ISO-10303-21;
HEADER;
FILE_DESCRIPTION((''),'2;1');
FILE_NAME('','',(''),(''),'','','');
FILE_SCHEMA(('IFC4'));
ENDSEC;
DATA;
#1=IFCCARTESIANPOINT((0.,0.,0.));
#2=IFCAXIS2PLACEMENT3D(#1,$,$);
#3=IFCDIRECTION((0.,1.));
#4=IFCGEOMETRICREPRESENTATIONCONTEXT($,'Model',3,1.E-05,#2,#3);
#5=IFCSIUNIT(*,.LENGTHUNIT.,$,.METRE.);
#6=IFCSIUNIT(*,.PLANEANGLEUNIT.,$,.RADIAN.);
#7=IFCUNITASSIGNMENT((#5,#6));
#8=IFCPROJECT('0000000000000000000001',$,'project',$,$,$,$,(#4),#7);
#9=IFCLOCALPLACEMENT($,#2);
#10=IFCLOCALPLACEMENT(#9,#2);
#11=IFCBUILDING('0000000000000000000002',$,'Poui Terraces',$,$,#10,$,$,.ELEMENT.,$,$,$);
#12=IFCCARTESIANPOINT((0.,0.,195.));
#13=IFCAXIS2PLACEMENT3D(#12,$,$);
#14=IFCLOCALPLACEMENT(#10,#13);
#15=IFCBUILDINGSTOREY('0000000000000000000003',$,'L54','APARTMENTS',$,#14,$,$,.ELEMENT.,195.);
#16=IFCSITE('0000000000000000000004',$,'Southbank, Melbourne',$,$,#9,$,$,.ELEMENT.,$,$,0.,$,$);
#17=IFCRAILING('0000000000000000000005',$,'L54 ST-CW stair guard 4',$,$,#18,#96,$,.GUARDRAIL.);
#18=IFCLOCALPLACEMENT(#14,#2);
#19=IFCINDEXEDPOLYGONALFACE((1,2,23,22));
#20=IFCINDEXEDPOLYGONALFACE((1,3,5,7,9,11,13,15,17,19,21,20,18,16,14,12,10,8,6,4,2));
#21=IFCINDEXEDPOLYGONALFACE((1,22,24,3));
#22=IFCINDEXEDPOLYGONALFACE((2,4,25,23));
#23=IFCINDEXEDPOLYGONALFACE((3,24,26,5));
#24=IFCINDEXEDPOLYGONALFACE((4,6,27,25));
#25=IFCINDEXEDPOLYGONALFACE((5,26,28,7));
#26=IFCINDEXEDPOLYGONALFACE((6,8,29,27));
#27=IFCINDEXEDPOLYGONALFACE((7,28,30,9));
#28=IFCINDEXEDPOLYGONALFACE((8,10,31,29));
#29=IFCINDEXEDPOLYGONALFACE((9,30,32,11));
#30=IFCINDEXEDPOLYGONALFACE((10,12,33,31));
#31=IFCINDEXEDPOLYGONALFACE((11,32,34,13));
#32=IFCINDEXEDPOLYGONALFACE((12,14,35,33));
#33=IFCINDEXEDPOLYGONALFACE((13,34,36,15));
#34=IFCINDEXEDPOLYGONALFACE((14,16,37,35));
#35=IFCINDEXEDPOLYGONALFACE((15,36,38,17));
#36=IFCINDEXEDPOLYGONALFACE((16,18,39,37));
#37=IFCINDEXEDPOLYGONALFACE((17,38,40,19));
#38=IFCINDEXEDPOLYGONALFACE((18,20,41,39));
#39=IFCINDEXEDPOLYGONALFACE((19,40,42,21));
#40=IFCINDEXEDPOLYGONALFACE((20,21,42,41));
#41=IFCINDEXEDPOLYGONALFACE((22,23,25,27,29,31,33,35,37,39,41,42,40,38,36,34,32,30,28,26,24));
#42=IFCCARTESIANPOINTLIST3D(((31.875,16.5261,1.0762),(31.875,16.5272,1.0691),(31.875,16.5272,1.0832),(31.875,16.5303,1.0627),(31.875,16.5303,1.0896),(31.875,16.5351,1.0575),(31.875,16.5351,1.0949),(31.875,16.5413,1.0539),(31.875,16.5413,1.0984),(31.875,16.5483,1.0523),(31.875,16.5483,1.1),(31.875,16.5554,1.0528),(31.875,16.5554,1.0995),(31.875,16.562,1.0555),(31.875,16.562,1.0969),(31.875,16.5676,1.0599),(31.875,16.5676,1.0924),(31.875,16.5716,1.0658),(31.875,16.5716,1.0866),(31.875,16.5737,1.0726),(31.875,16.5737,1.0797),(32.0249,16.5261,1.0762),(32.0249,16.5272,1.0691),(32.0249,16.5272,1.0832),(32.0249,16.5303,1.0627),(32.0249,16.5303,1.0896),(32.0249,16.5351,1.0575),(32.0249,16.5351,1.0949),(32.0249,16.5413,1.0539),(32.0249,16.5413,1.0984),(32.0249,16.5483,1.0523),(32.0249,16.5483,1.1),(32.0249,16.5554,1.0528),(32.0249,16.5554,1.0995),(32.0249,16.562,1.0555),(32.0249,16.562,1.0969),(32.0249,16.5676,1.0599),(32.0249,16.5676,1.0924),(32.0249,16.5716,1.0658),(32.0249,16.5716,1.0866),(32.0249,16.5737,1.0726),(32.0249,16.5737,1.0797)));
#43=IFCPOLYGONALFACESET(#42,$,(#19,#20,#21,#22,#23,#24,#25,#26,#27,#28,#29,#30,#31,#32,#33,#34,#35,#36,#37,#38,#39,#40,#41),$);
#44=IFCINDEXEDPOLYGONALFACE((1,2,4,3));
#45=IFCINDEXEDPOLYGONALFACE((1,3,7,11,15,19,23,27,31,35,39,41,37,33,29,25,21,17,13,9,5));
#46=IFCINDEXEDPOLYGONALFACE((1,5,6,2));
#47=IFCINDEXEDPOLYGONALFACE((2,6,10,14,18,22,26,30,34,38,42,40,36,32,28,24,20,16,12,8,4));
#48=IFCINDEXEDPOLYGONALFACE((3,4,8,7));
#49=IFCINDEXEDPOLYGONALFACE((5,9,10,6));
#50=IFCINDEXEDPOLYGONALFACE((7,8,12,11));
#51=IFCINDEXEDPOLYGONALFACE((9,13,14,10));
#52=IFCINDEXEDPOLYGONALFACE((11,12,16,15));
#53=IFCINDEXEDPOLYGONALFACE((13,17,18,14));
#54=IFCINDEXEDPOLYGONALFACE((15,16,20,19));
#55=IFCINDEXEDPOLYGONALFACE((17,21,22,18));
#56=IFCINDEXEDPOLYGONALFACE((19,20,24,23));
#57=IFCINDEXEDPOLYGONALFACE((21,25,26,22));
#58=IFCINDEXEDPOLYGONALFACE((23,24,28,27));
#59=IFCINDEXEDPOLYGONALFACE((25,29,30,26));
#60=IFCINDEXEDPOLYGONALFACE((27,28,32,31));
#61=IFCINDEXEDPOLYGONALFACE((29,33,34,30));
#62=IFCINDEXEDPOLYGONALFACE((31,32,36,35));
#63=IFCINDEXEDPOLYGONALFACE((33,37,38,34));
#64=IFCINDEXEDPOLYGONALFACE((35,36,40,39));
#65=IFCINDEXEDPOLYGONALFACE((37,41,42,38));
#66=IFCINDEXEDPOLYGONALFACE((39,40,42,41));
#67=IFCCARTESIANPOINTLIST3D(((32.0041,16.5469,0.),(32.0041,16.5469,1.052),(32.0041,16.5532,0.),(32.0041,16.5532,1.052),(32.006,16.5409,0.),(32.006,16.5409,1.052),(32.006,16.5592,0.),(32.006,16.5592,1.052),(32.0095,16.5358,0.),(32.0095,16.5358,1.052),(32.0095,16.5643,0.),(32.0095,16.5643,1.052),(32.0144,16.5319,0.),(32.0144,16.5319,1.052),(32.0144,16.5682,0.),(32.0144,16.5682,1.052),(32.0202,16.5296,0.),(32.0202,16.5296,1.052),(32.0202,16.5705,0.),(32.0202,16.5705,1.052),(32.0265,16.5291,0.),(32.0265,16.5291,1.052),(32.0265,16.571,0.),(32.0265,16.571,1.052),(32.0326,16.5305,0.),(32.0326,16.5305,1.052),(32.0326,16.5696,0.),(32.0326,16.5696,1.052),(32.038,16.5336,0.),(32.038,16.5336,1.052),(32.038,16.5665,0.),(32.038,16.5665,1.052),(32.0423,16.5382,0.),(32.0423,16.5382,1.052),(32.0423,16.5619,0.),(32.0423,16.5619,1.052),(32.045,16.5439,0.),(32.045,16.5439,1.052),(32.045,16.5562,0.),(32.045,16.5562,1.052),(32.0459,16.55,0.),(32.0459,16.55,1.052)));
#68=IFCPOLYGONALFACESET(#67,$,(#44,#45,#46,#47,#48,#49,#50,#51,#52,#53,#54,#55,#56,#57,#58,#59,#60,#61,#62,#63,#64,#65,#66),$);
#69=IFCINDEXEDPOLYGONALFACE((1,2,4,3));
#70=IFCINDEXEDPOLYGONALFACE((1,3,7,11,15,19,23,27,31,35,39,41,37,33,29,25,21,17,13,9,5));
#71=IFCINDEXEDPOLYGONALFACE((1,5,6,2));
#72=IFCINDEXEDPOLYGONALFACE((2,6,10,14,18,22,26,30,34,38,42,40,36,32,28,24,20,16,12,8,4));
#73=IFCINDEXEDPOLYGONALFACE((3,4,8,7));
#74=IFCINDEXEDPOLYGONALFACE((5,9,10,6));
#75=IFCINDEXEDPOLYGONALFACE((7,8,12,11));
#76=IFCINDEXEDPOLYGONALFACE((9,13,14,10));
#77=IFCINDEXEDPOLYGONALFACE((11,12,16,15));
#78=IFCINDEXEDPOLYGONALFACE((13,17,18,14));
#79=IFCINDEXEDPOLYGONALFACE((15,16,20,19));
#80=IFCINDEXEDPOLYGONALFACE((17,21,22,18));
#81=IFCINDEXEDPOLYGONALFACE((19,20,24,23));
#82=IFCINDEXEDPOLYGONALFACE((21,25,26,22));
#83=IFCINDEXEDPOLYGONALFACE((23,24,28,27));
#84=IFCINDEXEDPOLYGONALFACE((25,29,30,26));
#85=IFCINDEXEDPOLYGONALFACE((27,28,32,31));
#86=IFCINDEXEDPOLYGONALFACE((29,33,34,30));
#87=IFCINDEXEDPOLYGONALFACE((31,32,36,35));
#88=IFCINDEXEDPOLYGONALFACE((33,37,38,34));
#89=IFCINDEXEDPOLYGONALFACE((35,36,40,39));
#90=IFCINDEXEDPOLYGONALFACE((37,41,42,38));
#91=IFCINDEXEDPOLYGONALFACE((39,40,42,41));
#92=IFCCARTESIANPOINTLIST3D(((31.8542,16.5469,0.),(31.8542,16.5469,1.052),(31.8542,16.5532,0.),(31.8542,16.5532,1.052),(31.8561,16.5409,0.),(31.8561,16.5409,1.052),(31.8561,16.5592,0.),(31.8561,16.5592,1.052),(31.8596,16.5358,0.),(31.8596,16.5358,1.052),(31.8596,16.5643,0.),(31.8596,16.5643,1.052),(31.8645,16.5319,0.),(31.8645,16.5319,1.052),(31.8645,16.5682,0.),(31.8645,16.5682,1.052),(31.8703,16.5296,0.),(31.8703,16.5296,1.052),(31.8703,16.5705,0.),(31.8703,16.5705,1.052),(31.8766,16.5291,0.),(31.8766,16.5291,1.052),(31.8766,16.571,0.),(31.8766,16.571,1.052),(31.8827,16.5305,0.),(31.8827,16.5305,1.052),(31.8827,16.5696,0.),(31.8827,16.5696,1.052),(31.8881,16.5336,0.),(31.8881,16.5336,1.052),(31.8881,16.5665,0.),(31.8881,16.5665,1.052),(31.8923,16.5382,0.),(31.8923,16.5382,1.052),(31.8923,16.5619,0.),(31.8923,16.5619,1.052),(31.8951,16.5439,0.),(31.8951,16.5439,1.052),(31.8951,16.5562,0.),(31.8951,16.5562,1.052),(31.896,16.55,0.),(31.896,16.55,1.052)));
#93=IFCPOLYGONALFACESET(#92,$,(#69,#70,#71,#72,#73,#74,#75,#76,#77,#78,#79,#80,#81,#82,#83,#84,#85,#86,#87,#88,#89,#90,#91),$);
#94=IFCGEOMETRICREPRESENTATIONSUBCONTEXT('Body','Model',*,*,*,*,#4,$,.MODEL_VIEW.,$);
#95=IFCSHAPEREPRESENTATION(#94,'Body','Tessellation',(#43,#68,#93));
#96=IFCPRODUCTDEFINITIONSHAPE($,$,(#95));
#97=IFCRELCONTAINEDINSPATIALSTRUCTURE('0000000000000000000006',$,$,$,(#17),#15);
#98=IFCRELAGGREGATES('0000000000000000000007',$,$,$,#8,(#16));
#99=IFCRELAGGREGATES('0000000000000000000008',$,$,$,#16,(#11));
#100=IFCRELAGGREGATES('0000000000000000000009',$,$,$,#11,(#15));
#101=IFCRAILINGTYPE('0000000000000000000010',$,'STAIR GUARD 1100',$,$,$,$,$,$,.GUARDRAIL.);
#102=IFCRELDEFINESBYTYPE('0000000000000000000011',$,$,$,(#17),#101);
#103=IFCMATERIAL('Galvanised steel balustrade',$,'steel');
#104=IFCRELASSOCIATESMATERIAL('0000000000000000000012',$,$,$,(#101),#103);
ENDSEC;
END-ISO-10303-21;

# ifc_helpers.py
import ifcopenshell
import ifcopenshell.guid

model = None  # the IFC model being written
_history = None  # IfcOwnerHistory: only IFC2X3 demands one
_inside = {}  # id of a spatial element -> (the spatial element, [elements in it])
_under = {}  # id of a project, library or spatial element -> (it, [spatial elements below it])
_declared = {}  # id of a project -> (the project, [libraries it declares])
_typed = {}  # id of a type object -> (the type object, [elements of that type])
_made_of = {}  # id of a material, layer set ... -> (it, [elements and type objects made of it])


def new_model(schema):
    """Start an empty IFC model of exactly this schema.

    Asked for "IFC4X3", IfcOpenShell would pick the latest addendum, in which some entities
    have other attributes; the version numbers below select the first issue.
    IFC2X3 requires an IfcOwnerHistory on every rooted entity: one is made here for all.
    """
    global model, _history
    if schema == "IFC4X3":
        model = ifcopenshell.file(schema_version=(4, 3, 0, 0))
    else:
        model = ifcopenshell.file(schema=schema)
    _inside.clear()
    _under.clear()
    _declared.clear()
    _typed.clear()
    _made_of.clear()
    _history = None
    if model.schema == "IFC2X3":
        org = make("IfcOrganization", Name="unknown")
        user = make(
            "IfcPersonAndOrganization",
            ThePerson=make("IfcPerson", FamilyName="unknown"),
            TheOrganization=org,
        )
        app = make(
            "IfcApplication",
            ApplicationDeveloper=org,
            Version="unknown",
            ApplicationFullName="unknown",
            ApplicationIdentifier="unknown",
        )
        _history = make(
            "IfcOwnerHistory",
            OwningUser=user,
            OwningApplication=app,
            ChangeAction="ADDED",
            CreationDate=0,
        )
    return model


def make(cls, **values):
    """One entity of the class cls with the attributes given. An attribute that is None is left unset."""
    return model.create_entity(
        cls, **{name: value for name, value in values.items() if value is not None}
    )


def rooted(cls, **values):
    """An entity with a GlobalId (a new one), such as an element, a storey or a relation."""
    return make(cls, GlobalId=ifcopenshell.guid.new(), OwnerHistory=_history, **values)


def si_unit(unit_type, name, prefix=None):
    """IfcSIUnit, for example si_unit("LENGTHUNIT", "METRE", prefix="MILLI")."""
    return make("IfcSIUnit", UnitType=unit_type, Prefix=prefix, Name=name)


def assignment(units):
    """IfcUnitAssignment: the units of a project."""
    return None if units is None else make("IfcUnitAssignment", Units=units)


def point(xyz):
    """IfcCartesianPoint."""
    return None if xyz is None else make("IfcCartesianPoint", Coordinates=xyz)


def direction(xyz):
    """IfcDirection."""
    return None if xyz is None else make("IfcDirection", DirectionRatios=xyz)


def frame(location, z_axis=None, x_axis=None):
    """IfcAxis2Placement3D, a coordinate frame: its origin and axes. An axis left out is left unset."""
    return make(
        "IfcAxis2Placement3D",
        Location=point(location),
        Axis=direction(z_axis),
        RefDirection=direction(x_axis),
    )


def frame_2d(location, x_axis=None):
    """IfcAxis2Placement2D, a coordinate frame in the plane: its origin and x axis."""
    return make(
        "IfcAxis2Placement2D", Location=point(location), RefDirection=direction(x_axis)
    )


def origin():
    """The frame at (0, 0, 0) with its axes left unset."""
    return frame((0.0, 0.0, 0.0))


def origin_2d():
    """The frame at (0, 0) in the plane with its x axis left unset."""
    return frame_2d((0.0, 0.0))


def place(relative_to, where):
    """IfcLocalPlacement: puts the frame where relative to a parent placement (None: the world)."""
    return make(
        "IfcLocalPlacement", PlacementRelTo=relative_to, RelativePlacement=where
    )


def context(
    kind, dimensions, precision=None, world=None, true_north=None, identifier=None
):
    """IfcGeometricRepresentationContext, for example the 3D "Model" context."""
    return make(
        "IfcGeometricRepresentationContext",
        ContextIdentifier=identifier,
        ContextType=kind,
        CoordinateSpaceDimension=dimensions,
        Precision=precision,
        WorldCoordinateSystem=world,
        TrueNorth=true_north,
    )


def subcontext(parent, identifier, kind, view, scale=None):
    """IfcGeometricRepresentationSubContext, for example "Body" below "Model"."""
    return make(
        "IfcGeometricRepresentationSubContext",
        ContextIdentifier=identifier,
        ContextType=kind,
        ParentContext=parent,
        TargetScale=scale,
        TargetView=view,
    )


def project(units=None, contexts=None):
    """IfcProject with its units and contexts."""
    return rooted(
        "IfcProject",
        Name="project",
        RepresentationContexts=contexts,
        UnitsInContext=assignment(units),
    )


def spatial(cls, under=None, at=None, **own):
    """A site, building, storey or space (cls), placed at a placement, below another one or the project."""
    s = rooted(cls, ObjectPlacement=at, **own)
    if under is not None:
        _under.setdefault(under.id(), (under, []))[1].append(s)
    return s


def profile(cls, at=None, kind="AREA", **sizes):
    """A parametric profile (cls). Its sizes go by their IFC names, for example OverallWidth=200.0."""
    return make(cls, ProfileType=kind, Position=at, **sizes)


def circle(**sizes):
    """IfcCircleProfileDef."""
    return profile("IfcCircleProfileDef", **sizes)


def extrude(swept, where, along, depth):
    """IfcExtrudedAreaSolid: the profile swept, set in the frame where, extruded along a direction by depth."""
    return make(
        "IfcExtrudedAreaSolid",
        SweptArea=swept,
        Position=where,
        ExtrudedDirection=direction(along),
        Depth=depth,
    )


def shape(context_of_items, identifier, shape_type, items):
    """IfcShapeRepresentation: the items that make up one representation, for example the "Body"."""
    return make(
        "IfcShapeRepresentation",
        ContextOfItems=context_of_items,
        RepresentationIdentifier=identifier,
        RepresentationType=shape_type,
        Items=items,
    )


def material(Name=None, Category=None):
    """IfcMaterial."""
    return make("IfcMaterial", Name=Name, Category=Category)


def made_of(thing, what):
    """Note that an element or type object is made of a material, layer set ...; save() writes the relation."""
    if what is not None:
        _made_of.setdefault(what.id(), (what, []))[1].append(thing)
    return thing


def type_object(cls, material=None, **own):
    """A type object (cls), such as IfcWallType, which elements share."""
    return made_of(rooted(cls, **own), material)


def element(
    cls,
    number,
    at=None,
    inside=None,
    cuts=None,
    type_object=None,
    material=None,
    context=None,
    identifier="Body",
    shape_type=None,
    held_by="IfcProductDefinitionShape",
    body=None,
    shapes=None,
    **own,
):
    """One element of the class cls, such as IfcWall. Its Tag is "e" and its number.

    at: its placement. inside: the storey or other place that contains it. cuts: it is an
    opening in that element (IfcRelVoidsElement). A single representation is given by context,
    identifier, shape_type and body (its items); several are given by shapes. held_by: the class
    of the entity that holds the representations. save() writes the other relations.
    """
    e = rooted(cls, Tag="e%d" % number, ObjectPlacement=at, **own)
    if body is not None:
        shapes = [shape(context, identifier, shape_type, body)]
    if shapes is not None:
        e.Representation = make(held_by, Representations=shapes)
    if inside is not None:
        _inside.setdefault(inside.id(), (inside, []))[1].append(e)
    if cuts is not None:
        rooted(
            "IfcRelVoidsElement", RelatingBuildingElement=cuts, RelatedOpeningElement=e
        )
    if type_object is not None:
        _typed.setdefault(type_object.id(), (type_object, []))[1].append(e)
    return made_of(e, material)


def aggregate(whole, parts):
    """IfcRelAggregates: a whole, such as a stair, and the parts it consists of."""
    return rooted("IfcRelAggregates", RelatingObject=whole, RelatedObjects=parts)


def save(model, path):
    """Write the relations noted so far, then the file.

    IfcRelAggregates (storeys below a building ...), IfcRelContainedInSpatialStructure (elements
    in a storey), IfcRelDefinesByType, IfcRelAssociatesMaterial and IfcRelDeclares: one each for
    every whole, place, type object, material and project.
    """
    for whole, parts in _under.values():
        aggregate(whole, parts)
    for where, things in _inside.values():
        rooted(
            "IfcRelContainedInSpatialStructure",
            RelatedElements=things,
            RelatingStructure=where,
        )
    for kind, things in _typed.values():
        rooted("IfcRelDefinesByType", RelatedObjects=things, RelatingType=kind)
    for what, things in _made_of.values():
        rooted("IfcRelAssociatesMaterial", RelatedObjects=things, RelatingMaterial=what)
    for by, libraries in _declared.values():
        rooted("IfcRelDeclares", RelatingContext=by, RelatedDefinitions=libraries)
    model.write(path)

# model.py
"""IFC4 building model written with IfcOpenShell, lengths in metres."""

from ifc_helpers import new_model, si_unit, direction, frame, origin, origin_2d, place, context, subcontext, project, spatial, circle, extrude, material, type_object, element, save


model = new_model("IFC4")

# Units and contexts
model_context = context("Model", 3, precision=1e-05, world=origin(), true_north=direction((0.0, 1.0)))
body_context = subcontext(model_context, "Body", "Model", "MODEL_VIEW")
ifc_project = project(units=[si_unit("LENGTHUNIT", "METRE"), si_unit("PLANEANGLEUNIT", "RADIAN")], contexts=[model_context])

# Site, building, storey
site_placement = place(None, origin())
site = spatial("IfcSite", under=ifc_project, at=site_placement, Name="Southbank, Melbourne", CompositionType="ELEMENT", RefElevation=0.0)
building_placement = place(site_placement, origin())
building = spatial("IfcBuilding", under=site, at=building_placement, Name="Poui Terraces", CompositionType="ELEMENT")
storey_placement = place(building_placement, frame((0.0, 0.0, 195.0)))
storey = spatial("IfcBuildingStorey", under=building, at=storey_placement, Name="L54", Description="APARTMENTS", CompositionType="ELEMENT", Elevation=195.0)

# Railing
ifc_material_1 = material(Name="Galvanised steel balustrade", Category="steel")
railing_type_1 = type_object("IfcRailingType", Name="STAIR GUARD 1100", PredefinedType="GUARDRAIL", material=ifc_material_1)
railing_1_placement = place(storey_placement, frame((32.0249, 16.55, 0.0)))
element("IfcRailing", 1, at=railing_1_placement, inside=storey, type_object=railing_type_1, Name="L54 ST-CW stair guard 4", PredefinedType="GUARDRAIL", context=body_context, shape_type="SweptSolid", body=[
    extrude(circle(Radius=0.0239, at=origin_2d()), frame((0.0, 0.0, 1.0762), z_axis=(-1.0, 0.0, 0.0), x_axis=(0.0, -1.0, 0.0)), (0.0, 0.0, 1.0), 0.1499),
    extrude(circle(Radius=0.021, at=origin_2d()), origin(), (0.0, 0.0, 1.0), 1.052),
    extrude(circle(Radius=0.021, at=origin_2d()), frame((-0.1499, 0.0, 0.0)), (0.0, 0.0, 1.0), 1.052),
])

save(model, "model.ifc")
